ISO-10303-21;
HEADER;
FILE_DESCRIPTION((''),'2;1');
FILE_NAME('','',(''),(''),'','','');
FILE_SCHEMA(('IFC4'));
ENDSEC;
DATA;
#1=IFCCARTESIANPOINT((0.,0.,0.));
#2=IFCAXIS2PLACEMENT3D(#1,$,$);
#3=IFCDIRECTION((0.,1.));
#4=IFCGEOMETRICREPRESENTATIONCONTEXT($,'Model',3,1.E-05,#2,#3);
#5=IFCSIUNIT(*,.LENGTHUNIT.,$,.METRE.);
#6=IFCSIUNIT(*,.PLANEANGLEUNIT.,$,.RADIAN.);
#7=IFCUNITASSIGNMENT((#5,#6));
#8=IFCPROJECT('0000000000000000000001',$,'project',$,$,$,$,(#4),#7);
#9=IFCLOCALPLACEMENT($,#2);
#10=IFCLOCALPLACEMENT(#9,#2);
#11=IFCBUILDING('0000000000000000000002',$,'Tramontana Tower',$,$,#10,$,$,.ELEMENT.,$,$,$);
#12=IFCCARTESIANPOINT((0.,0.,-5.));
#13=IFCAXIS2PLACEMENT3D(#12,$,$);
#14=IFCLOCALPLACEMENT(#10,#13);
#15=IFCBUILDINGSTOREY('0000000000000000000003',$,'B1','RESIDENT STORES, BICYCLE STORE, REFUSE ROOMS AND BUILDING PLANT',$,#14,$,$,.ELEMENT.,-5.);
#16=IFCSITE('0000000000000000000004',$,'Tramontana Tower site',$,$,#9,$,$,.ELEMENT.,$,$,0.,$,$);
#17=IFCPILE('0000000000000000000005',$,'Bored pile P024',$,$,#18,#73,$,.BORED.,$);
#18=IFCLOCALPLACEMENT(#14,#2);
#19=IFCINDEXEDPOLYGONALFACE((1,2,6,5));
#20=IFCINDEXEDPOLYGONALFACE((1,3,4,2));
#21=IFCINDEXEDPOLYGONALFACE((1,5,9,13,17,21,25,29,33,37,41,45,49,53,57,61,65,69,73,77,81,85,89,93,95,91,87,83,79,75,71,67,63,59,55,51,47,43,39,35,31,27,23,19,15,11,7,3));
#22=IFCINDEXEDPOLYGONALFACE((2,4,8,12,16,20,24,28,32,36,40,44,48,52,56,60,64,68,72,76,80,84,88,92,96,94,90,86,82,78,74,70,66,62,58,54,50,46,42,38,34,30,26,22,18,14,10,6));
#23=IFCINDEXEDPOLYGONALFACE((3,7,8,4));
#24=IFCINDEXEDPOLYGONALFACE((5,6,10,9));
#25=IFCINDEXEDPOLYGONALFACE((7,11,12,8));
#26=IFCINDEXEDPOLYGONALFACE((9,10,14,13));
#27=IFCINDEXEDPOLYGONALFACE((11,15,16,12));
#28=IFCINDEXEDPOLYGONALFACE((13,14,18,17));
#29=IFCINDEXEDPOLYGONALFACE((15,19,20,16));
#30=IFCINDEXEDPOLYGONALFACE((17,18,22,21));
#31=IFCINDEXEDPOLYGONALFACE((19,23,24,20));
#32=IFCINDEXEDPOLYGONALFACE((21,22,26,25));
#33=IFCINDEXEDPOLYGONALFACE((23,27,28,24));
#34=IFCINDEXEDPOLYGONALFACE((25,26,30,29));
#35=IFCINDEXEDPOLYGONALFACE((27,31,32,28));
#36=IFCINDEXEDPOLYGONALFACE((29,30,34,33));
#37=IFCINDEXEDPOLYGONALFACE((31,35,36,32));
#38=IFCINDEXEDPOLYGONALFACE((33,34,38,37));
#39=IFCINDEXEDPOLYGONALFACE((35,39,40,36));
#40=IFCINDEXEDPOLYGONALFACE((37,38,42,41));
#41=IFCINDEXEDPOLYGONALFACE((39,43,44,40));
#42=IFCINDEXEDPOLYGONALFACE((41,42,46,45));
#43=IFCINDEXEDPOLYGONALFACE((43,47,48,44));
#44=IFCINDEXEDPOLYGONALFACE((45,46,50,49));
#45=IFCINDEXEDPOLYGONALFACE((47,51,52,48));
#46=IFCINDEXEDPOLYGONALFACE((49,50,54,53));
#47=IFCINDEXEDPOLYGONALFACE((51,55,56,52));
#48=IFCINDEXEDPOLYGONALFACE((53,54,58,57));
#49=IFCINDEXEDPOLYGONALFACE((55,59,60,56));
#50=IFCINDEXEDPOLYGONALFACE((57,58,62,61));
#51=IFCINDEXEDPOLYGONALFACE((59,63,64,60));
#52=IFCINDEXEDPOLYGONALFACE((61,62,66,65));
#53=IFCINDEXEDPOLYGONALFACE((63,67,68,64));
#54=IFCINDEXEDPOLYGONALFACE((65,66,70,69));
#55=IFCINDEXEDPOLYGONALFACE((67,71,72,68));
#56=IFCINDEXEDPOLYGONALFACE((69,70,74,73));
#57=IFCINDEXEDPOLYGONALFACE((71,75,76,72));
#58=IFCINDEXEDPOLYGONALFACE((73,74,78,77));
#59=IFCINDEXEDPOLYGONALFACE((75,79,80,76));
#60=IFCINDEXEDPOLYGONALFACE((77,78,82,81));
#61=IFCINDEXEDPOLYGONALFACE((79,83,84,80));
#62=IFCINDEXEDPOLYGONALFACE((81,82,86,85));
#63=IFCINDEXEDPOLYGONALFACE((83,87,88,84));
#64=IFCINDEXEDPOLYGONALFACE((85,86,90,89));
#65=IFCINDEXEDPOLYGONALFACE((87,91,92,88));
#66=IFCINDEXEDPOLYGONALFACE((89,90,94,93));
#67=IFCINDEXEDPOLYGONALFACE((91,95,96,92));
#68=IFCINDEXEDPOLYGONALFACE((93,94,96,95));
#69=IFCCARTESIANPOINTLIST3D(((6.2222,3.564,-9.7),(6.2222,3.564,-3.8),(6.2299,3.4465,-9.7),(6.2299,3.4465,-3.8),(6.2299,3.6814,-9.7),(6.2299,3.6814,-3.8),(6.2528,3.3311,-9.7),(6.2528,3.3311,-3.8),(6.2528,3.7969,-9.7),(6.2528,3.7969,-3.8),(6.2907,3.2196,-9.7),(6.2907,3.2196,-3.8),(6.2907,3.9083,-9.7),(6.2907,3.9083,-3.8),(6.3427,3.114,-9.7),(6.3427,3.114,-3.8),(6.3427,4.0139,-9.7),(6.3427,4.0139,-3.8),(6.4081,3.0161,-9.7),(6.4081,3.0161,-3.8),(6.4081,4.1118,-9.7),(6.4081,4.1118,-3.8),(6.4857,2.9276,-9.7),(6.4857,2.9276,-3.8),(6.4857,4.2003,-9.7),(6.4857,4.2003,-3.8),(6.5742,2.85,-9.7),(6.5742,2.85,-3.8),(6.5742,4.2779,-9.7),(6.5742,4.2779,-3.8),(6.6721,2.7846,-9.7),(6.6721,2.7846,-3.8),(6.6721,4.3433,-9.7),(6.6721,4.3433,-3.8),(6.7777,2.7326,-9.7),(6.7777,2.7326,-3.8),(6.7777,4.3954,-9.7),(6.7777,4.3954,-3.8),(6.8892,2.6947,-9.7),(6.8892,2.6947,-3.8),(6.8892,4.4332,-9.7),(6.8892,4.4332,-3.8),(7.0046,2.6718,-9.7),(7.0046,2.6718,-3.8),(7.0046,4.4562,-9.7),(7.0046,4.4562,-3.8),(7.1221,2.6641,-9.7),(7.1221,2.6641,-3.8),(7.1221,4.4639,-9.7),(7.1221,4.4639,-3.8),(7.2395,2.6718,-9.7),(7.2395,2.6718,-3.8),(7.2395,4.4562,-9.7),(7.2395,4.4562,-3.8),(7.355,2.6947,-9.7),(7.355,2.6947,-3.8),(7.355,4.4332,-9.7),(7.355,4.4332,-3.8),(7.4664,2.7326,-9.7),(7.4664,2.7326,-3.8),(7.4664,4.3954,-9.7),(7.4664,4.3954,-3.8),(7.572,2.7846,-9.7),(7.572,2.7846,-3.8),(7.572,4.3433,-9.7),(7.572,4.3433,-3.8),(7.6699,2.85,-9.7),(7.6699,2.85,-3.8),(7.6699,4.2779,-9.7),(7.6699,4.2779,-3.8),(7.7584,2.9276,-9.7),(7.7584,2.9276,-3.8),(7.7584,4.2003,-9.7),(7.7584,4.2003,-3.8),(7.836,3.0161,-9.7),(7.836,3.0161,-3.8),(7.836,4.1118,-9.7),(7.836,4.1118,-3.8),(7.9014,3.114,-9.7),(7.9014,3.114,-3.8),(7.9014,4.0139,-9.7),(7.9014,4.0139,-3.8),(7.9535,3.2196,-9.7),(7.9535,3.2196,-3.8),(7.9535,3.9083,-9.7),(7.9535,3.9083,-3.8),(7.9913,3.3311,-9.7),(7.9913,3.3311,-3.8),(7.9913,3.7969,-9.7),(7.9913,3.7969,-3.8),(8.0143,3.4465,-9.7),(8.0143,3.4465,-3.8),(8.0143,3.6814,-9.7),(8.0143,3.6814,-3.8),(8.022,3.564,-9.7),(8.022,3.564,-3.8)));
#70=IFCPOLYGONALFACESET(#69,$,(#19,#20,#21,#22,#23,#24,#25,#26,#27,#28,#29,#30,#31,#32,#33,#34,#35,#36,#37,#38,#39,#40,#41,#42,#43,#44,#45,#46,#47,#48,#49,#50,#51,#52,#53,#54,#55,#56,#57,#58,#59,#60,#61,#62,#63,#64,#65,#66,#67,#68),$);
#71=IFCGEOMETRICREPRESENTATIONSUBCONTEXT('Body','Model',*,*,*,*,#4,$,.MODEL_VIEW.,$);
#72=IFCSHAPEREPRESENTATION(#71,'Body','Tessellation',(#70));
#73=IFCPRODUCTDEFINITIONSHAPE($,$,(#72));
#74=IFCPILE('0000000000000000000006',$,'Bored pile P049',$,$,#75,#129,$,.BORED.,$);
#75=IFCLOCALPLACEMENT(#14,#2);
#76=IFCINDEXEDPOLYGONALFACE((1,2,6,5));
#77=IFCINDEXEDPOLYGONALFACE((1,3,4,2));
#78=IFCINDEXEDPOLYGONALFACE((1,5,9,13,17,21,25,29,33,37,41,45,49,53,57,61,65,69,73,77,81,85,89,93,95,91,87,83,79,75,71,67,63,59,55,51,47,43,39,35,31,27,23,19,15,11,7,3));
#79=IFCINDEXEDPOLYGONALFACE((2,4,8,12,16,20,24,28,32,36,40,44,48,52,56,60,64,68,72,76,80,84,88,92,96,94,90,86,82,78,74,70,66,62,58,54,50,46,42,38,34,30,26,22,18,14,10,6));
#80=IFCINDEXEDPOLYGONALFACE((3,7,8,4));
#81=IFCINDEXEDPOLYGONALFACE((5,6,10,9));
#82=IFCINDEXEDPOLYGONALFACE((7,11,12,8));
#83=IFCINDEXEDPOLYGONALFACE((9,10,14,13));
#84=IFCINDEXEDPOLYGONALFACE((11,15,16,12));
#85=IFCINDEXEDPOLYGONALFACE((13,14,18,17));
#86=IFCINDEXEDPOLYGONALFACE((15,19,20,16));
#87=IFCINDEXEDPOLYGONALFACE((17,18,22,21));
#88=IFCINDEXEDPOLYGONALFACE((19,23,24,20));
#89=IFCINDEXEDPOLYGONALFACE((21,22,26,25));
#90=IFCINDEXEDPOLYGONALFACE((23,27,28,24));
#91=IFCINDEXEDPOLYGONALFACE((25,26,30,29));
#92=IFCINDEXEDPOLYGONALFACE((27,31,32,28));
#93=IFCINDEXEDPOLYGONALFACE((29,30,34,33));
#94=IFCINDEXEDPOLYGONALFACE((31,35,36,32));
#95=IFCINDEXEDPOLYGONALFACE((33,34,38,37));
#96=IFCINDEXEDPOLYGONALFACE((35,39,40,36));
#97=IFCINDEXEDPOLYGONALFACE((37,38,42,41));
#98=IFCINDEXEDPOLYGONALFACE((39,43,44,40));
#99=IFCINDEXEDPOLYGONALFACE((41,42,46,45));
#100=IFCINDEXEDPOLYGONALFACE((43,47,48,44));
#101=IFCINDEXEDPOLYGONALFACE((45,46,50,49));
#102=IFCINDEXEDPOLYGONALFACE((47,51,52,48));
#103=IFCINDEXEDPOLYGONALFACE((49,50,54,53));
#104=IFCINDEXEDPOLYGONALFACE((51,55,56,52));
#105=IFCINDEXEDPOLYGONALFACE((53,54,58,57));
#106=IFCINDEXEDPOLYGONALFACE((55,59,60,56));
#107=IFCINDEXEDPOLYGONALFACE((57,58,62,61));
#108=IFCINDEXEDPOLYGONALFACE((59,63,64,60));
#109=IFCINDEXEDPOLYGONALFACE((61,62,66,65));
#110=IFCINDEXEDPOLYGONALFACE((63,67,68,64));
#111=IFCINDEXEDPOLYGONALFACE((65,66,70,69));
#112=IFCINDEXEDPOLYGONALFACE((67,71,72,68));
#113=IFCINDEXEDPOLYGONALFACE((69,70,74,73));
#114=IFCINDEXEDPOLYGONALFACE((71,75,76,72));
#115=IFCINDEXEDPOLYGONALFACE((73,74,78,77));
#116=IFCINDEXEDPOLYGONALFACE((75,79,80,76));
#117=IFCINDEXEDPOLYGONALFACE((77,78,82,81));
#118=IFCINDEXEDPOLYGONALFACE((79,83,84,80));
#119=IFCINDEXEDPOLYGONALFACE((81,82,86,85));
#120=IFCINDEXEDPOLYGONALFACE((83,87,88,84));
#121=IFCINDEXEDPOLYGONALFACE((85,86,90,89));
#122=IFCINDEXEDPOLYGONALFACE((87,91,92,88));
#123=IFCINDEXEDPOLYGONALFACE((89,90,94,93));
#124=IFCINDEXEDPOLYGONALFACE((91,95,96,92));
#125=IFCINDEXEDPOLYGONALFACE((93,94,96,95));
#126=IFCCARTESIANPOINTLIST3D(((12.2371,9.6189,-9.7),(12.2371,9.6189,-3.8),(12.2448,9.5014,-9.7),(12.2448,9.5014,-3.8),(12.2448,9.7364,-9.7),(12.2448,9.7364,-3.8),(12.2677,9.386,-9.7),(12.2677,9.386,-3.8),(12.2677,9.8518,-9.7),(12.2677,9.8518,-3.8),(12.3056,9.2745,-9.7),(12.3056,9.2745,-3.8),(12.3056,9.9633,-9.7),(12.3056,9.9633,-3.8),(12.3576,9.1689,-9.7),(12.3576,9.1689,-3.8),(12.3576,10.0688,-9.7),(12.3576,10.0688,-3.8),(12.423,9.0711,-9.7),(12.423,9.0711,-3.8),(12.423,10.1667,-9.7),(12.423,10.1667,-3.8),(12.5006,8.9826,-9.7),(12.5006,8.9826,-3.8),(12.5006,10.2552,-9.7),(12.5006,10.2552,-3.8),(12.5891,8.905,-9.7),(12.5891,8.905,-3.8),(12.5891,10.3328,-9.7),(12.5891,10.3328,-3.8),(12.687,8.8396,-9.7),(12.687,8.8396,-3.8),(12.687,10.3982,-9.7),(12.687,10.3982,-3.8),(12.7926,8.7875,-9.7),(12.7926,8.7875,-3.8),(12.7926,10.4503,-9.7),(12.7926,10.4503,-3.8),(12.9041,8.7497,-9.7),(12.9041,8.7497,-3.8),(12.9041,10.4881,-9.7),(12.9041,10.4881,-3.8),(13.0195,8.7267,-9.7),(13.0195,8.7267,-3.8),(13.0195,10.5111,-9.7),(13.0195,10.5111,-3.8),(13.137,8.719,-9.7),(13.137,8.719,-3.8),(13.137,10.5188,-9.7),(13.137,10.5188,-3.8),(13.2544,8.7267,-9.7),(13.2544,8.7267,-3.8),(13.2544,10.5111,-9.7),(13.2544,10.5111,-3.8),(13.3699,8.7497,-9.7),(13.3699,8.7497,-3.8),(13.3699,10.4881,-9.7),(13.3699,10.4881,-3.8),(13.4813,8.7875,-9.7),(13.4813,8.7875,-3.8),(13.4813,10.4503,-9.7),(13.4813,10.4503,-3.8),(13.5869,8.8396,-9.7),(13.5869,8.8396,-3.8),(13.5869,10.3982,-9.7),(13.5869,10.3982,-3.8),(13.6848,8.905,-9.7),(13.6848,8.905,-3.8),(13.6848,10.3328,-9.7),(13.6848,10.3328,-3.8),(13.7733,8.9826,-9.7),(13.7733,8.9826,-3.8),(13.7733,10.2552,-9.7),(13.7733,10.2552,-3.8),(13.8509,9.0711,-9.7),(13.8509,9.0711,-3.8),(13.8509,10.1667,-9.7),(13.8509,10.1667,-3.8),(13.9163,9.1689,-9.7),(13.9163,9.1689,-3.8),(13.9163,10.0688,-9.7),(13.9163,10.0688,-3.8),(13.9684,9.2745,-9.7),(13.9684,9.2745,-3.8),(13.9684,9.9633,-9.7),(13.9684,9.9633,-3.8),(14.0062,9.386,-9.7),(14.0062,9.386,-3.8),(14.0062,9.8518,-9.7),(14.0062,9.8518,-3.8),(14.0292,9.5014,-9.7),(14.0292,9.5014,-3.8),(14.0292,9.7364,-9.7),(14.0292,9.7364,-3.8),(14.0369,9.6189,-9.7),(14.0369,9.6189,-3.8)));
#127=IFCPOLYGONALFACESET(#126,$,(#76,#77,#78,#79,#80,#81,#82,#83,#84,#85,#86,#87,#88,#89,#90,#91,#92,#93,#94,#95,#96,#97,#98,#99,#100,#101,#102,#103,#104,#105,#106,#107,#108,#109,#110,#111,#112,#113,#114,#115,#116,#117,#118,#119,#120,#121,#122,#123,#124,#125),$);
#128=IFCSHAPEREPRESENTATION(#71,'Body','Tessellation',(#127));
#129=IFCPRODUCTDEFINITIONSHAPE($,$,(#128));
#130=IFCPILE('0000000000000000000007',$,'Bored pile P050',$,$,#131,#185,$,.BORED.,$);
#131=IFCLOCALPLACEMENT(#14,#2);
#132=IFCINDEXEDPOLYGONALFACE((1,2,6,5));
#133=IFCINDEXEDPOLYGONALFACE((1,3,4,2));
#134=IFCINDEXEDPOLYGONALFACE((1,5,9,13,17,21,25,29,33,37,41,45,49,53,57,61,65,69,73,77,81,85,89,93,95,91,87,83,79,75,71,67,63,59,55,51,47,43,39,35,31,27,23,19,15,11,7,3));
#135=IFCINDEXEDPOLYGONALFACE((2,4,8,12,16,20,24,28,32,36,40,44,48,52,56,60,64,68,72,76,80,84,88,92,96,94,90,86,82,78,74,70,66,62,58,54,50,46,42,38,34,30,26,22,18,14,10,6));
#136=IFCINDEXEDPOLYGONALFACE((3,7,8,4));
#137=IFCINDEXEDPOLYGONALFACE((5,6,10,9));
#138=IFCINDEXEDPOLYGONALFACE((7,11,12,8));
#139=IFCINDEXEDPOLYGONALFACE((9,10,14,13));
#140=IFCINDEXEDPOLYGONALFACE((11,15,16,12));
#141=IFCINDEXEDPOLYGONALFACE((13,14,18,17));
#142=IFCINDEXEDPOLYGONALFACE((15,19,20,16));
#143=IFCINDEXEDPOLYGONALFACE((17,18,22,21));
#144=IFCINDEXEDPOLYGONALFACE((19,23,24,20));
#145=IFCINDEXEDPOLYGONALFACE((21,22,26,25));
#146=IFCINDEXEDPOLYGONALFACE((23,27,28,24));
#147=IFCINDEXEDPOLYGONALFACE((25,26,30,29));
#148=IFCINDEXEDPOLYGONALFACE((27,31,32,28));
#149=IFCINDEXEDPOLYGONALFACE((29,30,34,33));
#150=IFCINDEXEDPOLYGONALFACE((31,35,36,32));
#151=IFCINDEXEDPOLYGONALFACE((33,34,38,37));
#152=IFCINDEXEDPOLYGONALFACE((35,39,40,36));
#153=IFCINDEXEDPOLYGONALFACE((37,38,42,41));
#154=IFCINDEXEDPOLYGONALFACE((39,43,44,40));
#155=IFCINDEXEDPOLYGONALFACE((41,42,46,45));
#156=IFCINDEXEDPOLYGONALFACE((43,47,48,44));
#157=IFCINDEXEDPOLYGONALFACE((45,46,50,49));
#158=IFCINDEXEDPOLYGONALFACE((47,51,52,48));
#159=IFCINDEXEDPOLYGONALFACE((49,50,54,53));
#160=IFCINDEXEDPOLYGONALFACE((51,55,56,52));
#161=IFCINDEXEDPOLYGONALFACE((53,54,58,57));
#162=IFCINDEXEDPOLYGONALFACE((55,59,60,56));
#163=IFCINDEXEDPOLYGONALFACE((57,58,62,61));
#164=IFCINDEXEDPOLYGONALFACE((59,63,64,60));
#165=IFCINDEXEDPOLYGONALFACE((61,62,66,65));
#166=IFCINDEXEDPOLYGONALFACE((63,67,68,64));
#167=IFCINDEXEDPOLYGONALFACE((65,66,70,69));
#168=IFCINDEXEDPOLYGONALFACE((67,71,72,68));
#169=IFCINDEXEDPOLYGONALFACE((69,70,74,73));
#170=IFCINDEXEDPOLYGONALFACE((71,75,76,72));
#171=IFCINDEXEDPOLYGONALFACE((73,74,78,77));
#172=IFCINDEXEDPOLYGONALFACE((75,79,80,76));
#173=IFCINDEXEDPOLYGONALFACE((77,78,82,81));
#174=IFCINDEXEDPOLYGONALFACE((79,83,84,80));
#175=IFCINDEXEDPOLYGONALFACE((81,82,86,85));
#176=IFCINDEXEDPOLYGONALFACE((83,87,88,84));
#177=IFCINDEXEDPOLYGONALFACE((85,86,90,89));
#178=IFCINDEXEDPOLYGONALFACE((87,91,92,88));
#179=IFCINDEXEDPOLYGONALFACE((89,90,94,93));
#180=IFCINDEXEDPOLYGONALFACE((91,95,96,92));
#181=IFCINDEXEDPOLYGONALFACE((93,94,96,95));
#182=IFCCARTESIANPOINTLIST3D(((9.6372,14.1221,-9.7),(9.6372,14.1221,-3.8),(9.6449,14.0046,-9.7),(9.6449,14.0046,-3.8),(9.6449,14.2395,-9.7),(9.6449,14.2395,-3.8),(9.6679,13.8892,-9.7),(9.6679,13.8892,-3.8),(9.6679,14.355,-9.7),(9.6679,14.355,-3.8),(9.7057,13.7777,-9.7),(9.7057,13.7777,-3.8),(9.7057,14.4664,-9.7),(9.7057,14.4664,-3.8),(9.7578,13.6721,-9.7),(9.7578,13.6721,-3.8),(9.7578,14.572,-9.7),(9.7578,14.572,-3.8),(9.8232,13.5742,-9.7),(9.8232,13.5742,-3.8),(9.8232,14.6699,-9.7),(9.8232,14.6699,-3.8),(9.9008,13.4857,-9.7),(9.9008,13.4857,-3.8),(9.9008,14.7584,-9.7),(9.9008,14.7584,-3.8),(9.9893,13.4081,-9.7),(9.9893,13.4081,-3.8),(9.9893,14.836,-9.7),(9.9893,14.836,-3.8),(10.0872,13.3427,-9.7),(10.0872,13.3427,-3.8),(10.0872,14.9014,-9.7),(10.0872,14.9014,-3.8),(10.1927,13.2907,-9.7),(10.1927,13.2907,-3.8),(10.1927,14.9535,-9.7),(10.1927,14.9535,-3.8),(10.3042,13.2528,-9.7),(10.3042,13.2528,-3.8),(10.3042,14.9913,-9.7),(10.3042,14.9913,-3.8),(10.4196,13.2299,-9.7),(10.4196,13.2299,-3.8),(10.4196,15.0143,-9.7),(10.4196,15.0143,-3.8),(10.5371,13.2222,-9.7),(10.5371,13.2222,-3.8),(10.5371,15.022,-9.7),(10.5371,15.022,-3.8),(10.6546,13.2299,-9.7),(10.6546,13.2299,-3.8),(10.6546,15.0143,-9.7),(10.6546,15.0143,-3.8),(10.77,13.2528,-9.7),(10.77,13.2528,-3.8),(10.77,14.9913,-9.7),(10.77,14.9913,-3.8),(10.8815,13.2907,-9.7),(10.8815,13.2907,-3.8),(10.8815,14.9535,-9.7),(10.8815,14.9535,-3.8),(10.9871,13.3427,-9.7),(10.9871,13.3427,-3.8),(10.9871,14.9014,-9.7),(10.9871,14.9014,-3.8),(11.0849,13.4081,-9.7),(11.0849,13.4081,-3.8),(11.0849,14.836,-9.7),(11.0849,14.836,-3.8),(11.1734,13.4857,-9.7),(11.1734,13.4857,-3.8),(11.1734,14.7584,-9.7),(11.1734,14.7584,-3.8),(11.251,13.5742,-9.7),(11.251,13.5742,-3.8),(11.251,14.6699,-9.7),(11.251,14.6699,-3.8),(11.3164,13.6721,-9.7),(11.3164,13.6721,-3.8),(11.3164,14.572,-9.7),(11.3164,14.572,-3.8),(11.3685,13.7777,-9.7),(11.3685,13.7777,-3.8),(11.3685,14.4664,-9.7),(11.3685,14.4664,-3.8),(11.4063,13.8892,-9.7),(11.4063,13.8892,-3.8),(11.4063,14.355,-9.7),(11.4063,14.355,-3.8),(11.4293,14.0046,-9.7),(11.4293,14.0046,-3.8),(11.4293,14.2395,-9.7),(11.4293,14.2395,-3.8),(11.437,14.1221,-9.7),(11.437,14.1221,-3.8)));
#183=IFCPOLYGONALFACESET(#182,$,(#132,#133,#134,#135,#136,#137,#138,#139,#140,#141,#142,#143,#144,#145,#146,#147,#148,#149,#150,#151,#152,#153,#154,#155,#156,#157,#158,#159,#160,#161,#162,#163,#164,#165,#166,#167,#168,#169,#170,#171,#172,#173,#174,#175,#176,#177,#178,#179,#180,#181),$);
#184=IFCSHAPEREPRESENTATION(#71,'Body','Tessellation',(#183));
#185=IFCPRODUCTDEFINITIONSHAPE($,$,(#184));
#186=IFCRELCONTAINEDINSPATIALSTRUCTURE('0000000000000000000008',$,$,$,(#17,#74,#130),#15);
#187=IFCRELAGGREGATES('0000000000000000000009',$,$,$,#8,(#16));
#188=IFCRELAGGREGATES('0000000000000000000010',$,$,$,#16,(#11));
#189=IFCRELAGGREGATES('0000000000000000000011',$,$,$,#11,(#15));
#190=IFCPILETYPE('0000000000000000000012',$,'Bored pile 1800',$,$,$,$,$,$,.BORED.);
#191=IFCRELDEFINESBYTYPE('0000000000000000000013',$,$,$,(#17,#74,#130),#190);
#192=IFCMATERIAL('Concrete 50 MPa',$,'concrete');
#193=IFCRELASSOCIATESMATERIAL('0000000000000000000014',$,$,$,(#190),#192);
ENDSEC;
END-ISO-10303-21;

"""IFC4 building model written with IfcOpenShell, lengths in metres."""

from ifc_helpers import new_model, si_unit, direction, frame, origin, origin_2d, place, context, subcontext, project, spatial, circle, extrude, material, material_profile, profile_set, type_object, element, save


model = new_model("IFC4")

# Units and contexts
model_context = context("Model", 3, precision=1e-05, world=origin(), true_north=direction((0.0, 1.0)))
body_context = subcontext(model_context, "Body", "Model", "MODEL_VIEW")
ifc_project = project(units=[si_unit("LENGTHUNIT", "METRE"), si_unit("PLANEANGLEUNIT", "RADIAN")], contexts=[model_context])

# Site, building, storey
site_placement = place(None, origin())
site = spatial("IfcSite", under=ifc_project, at=site_placement, Name="Tramontana Tower site", CompositionType="ELEMENT", RefElevation=0.0)
building_placement = place(site_placement, origin())
building = spatial("IfcBuilding", under=site, at=building_placement, Name="Tramontana Tower", CompositionType="ELEMENT")
storey_placement = place(building_placement, frame((0.0, 0.0, -5.0)))
storey = spatial("IfcBuildingStorey", under=building, at=storey_placement, Name="B1", Description="RESIDENT STORES, BICYCLE STORE, REFUSE ROOMS AND BUILDING PLANT", CompositionType="ELEMENT", Elevation=-5.0)

# Piles
ifc_material_1 = material(Name="Concrete 50 MPa", Category="concrete")
ifc_material_profile_1 = material_profile(ifc_material_1, circle(Radius=0.8999, at=origin_2d()), Name="Bored pile 1800")
ifc_profile_set_1 = profile_set([ifc_material_profile_1], Name="Concrete 50 MPa")
pile_type = type_object("IfcPileType", Name="Bored pile 1800", PredefinedType="BORED", material=ifc_profile_set_1)
for number, where, z_axis, x_axis, name in (
    (1, (7.1221, 3.564, -3.8), (0.0, 0.0, -1.0), (1.0, 0.0, 0.0), "Bored pile P024"),
    (2, (13.137, 9.6189, -3.8), (0.0, 0.0, -1.0), (1.0, 0.0, 0.0), "Bored pile P049"),
    (3, (10.5371, 14.1221, -3.8), (0.0, 0.0, -1.0), (1.0, 0.0, 0.0), "Bored pile P050"),
):
    element("IfcPile", number, at=place(storey_placement, frame(where, z_axis=z_axis, x_axis=x_axis)), inside=storey, type_object=pile_type, Name=name, PredefinedType="BORED", context=body_context, shape_type="SweptSolid", body=[
        extrude(circle(Radius=0.8999, at=origin_2d()), origin(), (0.0, 0.0, 1.0), 5.8999),
    ])

save(model, "model.ifc")
